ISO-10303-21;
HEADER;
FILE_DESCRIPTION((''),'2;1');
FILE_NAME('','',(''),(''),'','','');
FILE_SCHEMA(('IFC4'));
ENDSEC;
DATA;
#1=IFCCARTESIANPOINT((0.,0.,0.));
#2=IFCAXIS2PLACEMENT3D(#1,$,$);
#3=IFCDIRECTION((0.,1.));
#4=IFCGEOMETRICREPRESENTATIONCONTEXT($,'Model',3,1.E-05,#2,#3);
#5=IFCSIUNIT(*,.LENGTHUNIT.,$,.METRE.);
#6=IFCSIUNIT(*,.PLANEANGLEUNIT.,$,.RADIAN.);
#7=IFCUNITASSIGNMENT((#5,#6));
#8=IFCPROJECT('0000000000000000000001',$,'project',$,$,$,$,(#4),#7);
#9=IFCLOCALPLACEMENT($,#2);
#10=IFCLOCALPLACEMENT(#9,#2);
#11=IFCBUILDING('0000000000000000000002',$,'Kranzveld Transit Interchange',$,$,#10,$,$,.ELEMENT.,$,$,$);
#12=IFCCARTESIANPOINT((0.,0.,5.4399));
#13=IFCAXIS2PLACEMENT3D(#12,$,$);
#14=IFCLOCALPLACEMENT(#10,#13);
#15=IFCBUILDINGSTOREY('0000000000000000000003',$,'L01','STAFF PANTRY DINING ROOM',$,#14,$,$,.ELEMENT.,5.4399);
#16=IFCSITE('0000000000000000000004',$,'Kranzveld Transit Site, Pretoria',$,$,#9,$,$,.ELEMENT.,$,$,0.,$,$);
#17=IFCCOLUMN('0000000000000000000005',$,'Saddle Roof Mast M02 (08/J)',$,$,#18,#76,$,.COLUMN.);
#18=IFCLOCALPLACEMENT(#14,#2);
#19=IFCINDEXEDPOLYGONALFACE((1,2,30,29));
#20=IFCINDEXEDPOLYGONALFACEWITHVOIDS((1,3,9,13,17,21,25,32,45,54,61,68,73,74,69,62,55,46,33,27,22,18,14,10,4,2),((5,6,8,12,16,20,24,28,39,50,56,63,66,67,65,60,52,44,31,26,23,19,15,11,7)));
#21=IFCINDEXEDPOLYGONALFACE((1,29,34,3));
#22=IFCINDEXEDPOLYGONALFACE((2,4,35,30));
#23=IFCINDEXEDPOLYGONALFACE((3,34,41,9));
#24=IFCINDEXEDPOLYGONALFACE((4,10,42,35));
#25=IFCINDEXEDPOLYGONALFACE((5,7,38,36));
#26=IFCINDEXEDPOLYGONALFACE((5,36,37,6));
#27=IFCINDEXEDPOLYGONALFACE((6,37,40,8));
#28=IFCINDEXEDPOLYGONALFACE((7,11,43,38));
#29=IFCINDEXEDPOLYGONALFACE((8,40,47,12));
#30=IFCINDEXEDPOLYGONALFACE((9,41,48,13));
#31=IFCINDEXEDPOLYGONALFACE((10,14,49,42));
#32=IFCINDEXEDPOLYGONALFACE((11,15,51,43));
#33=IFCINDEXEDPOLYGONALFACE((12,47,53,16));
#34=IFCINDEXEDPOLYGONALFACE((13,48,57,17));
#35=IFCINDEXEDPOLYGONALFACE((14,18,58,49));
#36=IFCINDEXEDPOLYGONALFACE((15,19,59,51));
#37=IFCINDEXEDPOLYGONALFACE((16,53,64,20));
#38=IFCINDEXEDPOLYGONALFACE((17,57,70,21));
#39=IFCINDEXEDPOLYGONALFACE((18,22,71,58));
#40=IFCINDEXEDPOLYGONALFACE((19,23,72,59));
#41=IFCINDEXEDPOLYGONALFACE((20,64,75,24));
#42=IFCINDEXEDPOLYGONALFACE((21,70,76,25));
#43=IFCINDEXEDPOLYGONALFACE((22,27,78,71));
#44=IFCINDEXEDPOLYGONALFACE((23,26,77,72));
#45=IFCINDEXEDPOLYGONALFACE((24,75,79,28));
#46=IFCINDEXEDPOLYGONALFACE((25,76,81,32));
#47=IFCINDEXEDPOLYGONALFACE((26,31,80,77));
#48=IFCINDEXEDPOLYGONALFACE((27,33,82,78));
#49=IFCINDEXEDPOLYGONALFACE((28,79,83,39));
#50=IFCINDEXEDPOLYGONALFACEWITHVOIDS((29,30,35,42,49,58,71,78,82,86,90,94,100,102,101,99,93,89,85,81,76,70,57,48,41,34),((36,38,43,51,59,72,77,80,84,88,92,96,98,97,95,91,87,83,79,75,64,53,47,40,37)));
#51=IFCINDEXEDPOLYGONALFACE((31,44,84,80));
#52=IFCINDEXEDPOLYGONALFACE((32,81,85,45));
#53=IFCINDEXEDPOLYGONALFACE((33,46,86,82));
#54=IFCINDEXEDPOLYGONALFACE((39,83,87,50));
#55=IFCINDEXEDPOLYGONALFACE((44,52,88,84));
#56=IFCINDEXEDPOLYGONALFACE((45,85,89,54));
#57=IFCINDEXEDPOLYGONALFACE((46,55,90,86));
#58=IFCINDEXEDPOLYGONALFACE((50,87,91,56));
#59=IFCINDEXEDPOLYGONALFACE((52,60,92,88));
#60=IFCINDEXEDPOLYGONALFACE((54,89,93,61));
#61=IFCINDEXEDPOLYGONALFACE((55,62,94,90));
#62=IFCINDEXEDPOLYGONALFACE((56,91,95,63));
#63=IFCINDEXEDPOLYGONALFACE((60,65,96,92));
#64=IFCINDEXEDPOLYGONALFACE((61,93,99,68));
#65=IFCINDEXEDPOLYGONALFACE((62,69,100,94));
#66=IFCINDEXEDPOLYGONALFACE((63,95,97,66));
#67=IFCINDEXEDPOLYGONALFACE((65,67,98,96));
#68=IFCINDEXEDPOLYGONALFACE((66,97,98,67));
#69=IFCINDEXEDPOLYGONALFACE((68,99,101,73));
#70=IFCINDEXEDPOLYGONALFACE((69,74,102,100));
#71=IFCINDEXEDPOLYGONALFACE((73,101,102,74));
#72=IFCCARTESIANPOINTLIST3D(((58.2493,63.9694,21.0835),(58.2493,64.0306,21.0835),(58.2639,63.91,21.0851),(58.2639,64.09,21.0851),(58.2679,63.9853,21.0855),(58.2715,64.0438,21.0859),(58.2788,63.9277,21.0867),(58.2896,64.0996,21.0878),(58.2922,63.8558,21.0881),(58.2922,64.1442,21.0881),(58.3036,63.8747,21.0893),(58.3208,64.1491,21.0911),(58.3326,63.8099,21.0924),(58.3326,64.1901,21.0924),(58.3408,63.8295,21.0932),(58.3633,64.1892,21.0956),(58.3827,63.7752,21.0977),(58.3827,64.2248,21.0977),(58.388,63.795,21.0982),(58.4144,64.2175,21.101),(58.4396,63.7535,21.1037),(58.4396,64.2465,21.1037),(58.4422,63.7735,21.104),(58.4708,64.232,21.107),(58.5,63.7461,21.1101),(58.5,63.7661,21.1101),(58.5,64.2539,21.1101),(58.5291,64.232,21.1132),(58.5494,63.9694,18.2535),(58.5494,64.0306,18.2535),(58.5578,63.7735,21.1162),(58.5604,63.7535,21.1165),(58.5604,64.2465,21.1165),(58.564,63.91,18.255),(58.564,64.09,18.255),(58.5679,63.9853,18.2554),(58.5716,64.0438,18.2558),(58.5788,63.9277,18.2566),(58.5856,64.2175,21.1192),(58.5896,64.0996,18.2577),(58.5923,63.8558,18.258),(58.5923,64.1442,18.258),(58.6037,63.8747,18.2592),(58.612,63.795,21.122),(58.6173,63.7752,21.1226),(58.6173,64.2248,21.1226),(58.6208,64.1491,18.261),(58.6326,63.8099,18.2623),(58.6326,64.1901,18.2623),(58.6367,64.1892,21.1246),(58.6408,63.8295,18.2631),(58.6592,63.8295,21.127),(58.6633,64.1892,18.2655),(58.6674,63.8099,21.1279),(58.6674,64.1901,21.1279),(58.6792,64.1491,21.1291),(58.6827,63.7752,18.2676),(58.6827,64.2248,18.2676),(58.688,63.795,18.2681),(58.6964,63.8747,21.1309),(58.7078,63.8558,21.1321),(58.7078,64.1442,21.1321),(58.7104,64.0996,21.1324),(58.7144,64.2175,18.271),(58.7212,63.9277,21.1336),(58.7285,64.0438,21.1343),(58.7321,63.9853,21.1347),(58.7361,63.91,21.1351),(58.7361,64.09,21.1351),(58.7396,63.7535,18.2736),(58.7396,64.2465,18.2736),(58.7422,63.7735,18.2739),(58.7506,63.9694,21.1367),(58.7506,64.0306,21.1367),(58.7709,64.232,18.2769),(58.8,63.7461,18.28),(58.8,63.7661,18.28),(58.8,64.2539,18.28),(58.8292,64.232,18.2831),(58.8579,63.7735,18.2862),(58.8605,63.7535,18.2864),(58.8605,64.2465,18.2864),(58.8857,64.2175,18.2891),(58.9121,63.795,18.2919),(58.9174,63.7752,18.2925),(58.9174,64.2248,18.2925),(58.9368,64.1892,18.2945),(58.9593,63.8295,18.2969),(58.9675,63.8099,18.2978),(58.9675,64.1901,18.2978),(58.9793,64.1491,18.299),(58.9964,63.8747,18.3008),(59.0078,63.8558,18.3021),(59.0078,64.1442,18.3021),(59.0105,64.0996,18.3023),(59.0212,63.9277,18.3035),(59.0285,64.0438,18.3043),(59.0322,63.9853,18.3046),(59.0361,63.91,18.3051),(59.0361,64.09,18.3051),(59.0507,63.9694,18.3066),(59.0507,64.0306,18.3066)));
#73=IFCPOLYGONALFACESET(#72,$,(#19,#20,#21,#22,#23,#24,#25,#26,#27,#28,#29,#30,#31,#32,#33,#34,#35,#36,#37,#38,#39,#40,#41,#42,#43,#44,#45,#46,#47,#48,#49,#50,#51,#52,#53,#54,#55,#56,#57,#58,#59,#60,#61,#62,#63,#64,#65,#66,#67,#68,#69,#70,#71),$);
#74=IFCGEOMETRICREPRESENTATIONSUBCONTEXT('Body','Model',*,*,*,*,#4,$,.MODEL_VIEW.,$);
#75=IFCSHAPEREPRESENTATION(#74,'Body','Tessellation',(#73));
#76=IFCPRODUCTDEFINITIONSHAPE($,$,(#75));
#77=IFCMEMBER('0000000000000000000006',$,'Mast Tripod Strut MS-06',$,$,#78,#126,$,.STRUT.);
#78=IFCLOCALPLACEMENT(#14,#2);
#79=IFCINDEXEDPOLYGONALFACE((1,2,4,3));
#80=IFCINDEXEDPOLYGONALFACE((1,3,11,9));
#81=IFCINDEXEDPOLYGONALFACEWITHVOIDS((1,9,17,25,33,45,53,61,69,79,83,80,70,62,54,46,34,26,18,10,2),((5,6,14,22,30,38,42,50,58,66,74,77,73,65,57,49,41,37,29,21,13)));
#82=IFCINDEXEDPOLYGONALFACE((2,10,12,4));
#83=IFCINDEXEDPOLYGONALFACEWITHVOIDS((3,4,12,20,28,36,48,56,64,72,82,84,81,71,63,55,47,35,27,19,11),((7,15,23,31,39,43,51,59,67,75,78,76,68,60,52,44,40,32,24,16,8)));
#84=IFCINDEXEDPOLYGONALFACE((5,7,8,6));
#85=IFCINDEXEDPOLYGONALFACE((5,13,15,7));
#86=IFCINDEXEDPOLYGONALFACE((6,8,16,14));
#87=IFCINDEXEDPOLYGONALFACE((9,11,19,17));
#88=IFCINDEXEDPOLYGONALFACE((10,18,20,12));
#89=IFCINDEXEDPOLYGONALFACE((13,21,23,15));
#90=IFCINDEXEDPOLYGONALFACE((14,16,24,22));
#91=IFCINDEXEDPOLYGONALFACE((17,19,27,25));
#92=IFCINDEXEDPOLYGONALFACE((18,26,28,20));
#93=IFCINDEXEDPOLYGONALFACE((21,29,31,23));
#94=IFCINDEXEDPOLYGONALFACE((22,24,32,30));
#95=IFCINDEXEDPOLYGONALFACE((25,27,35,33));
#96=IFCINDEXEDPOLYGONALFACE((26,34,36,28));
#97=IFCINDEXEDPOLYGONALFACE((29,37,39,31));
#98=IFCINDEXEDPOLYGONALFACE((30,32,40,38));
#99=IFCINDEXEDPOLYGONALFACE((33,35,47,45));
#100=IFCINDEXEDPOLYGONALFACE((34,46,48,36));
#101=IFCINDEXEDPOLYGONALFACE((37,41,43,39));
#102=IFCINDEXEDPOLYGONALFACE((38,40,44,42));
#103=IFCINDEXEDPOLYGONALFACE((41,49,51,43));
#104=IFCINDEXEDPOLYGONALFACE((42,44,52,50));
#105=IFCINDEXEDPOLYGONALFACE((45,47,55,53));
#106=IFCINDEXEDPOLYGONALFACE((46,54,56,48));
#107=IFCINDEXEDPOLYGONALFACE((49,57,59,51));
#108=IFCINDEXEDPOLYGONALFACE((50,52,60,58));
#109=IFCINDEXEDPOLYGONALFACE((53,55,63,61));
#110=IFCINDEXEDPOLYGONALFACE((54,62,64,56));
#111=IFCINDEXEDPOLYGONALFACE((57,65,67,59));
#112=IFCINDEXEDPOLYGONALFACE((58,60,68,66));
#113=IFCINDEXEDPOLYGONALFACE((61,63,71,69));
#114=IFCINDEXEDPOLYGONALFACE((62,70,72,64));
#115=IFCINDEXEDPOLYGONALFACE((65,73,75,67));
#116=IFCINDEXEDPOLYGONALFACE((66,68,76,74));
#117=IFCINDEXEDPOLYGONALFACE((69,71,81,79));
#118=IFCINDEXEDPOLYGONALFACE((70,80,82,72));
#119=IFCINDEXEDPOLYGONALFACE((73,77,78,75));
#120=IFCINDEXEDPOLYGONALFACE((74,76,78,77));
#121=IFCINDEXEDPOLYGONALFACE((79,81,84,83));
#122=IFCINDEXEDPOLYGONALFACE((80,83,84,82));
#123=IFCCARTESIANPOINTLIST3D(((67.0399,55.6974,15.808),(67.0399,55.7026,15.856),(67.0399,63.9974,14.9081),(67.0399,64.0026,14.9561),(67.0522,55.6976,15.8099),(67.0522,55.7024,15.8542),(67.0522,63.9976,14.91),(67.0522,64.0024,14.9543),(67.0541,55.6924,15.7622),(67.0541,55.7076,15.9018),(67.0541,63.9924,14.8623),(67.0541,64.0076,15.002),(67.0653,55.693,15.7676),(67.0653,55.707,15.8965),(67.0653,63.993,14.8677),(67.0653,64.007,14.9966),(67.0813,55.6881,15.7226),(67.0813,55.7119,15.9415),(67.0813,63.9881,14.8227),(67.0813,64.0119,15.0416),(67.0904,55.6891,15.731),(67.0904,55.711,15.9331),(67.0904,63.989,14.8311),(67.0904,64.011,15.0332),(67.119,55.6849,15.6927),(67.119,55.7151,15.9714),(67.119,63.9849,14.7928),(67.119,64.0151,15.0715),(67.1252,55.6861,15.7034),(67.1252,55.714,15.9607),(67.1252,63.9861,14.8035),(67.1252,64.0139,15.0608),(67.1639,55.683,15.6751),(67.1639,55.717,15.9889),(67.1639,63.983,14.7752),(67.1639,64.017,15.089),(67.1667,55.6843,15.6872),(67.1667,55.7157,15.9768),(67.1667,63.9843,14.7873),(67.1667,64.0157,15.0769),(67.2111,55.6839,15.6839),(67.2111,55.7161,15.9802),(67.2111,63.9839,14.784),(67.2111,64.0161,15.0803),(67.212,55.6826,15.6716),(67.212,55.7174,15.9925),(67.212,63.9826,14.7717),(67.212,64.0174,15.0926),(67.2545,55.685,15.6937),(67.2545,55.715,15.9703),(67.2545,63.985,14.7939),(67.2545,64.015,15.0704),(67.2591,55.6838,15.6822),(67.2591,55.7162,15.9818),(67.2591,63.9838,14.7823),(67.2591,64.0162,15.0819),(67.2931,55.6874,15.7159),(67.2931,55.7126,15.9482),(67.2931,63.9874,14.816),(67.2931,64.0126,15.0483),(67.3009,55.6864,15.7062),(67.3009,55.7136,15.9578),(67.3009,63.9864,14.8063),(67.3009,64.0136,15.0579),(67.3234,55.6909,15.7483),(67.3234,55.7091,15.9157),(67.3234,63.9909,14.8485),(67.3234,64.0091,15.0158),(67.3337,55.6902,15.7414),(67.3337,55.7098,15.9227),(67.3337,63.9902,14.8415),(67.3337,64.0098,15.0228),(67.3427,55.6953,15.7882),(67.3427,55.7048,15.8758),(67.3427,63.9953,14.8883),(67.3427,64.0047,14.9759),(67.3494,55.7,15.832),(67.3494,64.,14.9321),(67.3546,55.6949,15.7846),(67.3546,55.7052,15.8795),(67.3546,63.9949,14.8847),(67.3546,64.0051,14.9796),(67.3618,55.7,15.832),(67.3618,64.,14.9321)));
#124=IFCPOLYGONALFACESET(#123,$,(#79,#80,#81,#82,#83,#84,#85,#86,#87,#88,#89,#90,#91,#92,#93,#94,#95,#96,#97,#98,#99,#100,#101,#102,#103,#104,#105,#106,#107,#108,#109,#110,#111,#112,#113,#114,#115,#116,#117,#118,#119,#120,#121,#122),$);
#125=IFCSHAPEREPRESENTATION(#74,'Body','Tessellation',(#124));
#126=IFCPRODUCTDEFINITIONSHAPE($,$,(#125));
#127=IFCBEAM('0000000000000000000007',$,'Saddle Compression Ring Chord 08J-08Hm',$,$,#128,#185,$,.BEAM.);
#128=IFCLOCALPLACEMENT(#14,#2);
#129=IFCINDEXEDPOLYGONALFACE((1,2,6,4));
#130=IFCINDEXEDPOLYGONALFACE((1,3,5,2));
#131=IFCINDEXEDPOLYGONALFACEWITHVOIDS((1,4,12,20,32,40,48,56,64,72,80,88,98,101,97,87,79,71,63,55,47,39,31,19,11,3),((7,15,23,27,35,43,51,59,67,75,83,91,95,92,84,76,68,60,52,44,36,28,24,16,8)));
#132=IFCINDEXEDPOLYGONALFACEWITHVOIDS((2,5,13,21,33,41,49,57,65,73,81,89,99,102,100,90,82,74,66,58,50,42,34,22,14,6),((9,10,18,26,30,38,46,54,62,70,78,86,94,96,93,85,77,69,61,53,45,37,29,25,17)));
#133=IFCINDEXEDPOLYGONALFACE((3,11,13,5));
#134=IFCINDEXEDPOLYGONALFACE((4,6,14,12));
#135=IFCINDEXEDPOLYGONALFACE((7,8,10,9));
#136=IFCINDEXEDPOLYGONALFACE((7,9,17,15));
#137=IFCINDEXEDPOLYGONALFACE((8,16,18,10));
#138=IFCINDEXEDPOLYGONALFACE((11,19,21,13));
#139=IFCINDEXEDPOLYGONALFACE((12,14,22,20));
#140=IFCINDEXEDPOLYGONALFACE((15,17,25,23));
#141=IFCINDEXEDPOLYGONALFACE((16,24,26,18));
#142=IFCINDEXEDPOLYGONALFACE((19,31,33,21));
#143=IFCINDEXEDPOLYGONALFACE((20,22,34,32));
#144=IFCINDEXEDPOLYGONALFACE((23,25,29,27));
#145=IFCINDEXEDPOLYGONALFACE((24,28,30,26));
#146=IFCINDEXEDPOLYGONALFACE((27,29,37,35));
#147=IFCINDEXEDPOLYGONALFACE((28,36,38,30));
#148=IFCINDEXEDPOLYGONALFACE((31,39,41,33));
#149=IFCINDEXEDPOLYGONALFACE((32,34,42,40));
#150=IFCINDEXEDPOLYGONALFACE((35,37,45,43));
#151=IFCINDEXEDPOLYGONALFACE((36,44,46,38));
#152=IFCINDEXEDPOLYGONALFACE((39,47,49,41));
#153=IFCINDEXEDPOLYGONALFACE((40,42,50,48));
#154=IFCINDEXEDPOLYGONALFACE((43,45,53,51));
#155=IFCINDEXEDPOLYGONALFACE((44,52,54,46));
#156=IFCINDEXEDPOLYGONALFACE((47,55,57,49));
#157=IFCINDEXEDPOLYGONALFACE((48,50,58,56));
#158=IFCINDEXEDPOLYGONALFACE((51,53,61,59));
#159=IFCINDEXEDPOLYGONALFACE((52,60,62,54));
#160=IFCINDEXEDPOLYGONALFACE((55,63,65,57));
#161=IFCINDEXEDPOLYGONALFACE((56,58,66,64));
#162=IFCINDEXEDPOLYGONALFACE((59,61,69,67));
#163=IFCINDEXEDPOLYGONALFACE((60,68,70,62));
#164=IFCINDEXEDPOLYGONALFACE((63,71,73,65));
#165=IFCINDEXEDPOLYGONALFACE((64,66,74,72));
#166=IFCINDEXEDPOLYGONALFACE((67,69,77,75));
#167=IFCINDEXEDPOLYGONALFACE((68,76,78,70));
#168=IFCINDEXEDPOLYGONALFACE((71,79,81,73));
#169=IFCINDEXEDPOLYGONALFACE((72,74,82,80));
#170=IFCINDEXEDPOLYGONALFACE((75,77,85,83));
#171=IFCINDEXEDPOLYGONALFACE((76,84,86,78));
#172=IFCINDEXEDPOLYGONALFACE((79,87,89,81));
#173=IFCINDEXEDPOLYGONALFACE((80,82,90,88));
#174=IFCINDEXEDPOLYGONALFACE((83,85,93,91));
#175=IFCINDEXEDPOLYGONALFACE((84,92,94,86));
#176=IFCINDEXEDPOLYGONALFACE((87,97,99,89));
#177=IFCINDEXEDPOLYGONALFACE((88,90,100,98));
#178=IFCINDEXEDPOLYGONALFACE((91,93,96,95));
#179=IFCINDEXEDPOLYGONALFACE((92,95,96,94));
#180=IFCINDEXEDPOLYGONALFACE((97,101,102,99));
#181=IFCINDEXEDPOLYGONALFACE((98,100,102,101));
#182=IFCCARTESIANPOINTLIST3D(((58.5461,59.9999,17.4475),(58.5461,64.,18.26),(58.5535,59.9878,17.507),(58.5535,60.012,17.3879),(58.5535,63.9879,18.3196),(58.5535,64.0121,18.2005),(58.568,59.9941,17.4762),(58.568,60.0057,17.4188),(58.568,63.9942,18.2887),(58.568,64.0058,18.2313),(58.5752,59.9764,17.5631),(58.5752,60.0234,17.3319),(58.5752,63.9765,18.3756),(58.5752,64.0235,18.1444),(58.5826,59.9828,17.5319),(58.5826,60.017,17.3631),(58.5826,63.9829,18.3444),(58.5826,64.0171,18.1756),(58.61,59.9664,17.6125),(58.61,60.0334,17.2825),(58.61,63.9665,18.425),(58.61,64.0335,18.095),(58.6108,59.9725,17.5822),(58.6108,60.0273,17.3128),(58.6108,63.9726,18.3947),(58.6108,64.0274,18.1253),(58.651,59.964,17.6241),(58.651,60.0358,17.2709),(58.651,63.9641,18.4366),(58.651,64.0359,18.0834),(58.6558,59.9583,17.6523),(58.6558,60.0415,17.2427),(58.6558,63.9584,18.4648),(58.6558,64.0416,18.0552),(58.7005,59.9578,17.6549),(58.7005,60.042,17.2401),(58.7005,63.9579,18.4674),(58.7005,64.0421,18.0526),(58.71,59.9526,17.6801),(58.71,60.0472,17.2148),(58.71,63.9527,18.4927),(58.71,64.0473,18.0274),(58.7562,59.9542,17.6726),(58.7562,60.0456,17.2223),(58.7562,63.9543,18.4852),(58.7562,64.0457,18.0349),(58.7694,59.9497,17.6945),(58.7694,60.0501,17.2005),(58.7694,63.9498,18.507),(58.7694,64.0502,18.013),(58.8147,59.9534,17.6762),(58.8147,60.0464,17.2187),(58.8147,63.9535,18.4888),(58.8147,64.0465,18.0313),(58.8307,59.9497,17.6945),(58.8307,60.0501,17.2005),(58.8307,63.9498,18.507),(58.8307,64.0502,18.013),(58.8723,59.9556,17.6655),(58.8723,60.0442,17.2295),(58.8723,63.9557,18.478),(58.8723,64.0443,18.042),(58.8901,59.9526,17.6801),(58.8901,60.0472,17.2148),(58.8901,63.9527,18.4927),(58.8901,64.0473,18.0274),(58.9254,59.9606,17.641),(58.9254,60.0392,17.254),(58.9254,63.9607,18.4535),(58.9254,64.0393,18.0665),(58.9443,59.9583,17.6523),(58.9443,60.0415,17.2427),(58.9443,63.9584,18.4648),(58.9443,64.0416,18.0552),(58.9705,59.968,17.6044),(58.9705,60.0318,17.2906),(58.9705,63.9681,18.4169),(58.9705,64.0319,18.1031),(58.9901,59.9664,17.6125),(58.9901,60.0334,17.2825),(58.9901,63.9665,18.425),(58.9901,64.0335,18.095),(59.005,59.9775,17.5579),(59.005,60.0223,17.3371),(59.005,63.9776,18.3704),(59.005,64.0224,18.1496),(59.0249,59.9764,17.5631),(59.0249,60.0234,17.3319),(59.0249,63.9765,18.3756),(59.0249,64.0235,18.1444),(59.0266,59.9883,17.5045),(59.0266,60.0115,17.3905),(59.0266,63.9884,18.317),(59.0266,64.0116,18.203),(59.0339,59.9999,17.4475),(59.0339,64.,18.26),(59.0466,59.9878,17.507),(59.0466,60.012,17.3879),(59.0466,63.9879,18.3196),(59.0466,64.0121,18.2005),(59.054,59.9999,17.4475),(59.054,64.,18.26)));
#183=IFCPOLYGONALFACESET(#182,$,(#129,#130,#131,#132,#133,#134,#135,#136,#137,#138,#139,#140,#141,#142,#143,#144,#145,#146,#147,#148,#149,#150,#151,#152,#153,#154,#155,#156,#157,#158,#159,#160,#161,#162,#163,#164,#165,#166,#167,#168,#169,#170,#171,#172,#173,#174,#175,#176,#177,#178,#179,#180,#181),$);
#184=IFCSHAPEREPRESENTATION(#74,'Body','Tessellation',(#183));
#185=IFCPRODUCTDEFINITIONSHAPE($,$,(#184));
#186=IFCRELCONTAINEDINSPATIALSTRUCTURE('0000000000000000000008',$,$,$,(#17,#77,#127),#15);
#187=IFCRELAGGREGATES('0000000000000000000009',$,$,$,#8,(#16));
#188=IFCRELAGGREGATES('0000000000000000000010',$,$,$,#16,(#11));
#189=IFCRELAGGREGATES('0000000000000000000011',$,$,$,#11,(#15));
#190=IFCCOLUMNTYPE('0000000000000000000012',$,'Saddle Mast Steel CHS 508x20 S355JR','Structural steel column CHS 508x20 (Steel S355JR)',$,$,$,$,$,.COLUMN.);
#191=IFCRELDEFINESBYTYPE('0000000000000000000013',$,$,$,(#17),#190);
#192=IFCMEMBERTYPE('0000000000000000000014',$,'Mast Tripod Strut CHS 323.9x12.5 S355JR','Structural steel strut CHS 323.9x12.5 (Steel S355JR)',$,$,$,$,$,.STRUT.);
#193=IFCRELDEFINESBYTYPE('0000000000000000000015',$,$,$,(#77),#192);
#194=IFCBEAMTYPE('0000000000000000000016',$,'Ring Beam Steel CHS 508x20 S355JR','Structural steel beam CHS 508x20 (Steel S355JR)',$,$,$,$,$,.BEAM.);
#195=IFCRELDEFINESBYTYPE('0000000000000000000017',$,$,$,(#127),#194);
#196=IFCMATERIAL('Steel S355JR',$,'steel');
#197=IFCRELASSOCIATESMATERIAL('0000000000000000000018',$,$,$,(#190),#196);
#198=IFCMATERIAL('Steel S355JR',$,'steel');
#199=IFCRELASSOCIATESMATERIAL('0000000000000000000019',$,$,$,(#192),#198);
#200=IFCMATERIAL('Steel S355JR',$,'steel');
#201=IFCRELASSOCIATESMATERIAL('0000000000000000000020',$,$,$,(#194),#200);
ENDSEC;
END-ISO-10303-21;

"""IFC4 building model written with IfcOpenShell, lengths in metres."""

from ifc_helpers import new_model, si_unit, direction, frame, origin, origin_2d, place, context, subcontext, project, spatial, hollow_circle, extrude, material, material_profile, profile_set, type_object, element, save


model = new_model("IFC4")

# Units and contexts
model_context = context("Model", 3, precision=1e-05, world=origin(), true_north=direction((0.0, 1.0)))
body_context = subcontext(model_context, "Body", "Model", "MODEL_VIEW")
ifc_project = project(units=[si_unit("LENGTHUNIT", "METRE"), si_unit("PLANEANGLEUNIT", "RADIAN")], contexts=[model_context])

# Site, building, storey
site_placement = place(None, origin())
site = spatial("IfcSite", under=ifc_project, at=site_placement, Name="Kranzveld Transit Site, Pretoria", CompositionType="ELEMENT", RefElevation=0.0)
building_placement = place(site_placement, origin())
building = spatial("IfcBuilding", under=site, at=building_placement, Name="Kranzveld Transit Interchange", CompositionType="ELEMENT")
storey_placement = place(building_placement, frame((0.0, 0.0, 5.4399)))
storey = spatial("IfcBuildingStorey", under=building, at=storey_placement, Name="L01", Description="STAFF PANTRY DINING ROOM", CompositionType="ELEMENT", Elevation=5.4399)

# Column
ifc_material_1 = material(Name="Steel S355JR", Category="steel")
ifc_material_profile_1 = material_profile(ifc_material_1, hollow_circle(Radius=0.2539, WallThickness=0.02, at=origin_2d()), Name="CHS 508x20")
ifc_profile_set_1 = profile_set([ifc_material_profile_1], Name="Steel S355JR")
column_type = type_object("IfcColumnType", Name="Saddle Mast Steel CHS 508x20 S355JR", Description="Structural steel column CHS 508x20 (Steel S355JR)", PredefinedType="COLUMN", material=ifc_profile_set_1)
column_placement = place(storey_placement, frame((58.8, 64.0, 18.28), z_axis=(-0.105431, 0.0, 0.994427), x_axis=(0.0, -1.0, 0.0)))
element("IfcColumn", 1, at=column_placement, inside=storey, type_object=column_type, Name="Saddle Roof Mast M02 (08/J)", PredefinedType="COLUMN", context=body_context, shape_type="SweptSolid", body=[
    extrude(hollow_circle(Radius=0.2539, WallThickness=0.02, at=origin_2d()), origin(), (0.0, 0.0, 1.0), 2.8459),
])

# Member
ifc_material_2 = material(Name="Steel S355JR", Category="steel")
ifc_material_profile_2 = material_profile(ifc_material_2, hollow_circle(Radius=0.1619, WallThickness=0.0125, at=origin_2d()), Name="CHS 323.9x12.5")
ifc_profile_set_2 = profile_set([ifc_material_profile_2], Name="Steel S355JR")
member_type_1 = type_object("IfcMemberType", Name="Mast Tripod Strut CHS 323.9x12.5 S355JR", Description="Structural steel strut CHS 323.9x12.5 (Steel S355JR)", PredefinedType="STRUT", material=ifc_profile_set_2)
member_1_placement = place(storey_placement, frame((67.2, 64.0, 14.9321), z_axis=(0.0, -0.994174, 0.10779), x_axis=(1.0, 0.0, 0.0)))
element("IfcMember", 2, at=member_1_placement, inside=storey, type_object=member_type_1, Name="Mast Tripod Strut MS-06", PredefinedType="STRUT", context=body_context, shape_type="SweptSolid", body=[
    extrude(hollow_circle(Radius=0.1619, WallThickness=0.0125, at=origin_2d()), origin(), (0.0, 0.0, 1.0), 8.3486),
])

# Beam
ifc_material_3 = material(Name="Steel S355JR", Category="steel")
ifc_material_profile_3 = material_profile(ifc_material_3, hollow_circle(Radius=0.2539, WallThickness=0.02, at=origin_2d()), Name="CHS 508x20")
ifc_profile_set_3 = profile_set([ifc_material_profile_3], Name="Steel S355JR")
beam_type_1 = type_object("IfcBeamType", Name="Ring Beam Steel CHS 508x20 S355JR", Description="Structural steel beam CHS 508x20 (Steel S355JR)", PredefinedType="BEAM", material=ifc_profile_set_3)
beam_1_placement = place(storey_placement, frame((58.8, 64.0, 18.26), z_axis=(0.0, -0.979987, -0.19906), x_axis=(1.0, 0.0, 0.0)))
element("IfcBeam", 3, at=beam_1_placement, inside=storey, type_object=beam_type_1, Name="Saddle Compression Ring Chord 08J-08Hm", PredefinedType="BEAM", context=body_context, shape_type="SweptSolid", body=[
    extrude(hollow_circle(Radius=0.2539, WallThickness=0.02, at=origin_2d()), origin(), (0.0, 0.0, 1.0), 4.0818),
])

save(model, "model.ifc")
